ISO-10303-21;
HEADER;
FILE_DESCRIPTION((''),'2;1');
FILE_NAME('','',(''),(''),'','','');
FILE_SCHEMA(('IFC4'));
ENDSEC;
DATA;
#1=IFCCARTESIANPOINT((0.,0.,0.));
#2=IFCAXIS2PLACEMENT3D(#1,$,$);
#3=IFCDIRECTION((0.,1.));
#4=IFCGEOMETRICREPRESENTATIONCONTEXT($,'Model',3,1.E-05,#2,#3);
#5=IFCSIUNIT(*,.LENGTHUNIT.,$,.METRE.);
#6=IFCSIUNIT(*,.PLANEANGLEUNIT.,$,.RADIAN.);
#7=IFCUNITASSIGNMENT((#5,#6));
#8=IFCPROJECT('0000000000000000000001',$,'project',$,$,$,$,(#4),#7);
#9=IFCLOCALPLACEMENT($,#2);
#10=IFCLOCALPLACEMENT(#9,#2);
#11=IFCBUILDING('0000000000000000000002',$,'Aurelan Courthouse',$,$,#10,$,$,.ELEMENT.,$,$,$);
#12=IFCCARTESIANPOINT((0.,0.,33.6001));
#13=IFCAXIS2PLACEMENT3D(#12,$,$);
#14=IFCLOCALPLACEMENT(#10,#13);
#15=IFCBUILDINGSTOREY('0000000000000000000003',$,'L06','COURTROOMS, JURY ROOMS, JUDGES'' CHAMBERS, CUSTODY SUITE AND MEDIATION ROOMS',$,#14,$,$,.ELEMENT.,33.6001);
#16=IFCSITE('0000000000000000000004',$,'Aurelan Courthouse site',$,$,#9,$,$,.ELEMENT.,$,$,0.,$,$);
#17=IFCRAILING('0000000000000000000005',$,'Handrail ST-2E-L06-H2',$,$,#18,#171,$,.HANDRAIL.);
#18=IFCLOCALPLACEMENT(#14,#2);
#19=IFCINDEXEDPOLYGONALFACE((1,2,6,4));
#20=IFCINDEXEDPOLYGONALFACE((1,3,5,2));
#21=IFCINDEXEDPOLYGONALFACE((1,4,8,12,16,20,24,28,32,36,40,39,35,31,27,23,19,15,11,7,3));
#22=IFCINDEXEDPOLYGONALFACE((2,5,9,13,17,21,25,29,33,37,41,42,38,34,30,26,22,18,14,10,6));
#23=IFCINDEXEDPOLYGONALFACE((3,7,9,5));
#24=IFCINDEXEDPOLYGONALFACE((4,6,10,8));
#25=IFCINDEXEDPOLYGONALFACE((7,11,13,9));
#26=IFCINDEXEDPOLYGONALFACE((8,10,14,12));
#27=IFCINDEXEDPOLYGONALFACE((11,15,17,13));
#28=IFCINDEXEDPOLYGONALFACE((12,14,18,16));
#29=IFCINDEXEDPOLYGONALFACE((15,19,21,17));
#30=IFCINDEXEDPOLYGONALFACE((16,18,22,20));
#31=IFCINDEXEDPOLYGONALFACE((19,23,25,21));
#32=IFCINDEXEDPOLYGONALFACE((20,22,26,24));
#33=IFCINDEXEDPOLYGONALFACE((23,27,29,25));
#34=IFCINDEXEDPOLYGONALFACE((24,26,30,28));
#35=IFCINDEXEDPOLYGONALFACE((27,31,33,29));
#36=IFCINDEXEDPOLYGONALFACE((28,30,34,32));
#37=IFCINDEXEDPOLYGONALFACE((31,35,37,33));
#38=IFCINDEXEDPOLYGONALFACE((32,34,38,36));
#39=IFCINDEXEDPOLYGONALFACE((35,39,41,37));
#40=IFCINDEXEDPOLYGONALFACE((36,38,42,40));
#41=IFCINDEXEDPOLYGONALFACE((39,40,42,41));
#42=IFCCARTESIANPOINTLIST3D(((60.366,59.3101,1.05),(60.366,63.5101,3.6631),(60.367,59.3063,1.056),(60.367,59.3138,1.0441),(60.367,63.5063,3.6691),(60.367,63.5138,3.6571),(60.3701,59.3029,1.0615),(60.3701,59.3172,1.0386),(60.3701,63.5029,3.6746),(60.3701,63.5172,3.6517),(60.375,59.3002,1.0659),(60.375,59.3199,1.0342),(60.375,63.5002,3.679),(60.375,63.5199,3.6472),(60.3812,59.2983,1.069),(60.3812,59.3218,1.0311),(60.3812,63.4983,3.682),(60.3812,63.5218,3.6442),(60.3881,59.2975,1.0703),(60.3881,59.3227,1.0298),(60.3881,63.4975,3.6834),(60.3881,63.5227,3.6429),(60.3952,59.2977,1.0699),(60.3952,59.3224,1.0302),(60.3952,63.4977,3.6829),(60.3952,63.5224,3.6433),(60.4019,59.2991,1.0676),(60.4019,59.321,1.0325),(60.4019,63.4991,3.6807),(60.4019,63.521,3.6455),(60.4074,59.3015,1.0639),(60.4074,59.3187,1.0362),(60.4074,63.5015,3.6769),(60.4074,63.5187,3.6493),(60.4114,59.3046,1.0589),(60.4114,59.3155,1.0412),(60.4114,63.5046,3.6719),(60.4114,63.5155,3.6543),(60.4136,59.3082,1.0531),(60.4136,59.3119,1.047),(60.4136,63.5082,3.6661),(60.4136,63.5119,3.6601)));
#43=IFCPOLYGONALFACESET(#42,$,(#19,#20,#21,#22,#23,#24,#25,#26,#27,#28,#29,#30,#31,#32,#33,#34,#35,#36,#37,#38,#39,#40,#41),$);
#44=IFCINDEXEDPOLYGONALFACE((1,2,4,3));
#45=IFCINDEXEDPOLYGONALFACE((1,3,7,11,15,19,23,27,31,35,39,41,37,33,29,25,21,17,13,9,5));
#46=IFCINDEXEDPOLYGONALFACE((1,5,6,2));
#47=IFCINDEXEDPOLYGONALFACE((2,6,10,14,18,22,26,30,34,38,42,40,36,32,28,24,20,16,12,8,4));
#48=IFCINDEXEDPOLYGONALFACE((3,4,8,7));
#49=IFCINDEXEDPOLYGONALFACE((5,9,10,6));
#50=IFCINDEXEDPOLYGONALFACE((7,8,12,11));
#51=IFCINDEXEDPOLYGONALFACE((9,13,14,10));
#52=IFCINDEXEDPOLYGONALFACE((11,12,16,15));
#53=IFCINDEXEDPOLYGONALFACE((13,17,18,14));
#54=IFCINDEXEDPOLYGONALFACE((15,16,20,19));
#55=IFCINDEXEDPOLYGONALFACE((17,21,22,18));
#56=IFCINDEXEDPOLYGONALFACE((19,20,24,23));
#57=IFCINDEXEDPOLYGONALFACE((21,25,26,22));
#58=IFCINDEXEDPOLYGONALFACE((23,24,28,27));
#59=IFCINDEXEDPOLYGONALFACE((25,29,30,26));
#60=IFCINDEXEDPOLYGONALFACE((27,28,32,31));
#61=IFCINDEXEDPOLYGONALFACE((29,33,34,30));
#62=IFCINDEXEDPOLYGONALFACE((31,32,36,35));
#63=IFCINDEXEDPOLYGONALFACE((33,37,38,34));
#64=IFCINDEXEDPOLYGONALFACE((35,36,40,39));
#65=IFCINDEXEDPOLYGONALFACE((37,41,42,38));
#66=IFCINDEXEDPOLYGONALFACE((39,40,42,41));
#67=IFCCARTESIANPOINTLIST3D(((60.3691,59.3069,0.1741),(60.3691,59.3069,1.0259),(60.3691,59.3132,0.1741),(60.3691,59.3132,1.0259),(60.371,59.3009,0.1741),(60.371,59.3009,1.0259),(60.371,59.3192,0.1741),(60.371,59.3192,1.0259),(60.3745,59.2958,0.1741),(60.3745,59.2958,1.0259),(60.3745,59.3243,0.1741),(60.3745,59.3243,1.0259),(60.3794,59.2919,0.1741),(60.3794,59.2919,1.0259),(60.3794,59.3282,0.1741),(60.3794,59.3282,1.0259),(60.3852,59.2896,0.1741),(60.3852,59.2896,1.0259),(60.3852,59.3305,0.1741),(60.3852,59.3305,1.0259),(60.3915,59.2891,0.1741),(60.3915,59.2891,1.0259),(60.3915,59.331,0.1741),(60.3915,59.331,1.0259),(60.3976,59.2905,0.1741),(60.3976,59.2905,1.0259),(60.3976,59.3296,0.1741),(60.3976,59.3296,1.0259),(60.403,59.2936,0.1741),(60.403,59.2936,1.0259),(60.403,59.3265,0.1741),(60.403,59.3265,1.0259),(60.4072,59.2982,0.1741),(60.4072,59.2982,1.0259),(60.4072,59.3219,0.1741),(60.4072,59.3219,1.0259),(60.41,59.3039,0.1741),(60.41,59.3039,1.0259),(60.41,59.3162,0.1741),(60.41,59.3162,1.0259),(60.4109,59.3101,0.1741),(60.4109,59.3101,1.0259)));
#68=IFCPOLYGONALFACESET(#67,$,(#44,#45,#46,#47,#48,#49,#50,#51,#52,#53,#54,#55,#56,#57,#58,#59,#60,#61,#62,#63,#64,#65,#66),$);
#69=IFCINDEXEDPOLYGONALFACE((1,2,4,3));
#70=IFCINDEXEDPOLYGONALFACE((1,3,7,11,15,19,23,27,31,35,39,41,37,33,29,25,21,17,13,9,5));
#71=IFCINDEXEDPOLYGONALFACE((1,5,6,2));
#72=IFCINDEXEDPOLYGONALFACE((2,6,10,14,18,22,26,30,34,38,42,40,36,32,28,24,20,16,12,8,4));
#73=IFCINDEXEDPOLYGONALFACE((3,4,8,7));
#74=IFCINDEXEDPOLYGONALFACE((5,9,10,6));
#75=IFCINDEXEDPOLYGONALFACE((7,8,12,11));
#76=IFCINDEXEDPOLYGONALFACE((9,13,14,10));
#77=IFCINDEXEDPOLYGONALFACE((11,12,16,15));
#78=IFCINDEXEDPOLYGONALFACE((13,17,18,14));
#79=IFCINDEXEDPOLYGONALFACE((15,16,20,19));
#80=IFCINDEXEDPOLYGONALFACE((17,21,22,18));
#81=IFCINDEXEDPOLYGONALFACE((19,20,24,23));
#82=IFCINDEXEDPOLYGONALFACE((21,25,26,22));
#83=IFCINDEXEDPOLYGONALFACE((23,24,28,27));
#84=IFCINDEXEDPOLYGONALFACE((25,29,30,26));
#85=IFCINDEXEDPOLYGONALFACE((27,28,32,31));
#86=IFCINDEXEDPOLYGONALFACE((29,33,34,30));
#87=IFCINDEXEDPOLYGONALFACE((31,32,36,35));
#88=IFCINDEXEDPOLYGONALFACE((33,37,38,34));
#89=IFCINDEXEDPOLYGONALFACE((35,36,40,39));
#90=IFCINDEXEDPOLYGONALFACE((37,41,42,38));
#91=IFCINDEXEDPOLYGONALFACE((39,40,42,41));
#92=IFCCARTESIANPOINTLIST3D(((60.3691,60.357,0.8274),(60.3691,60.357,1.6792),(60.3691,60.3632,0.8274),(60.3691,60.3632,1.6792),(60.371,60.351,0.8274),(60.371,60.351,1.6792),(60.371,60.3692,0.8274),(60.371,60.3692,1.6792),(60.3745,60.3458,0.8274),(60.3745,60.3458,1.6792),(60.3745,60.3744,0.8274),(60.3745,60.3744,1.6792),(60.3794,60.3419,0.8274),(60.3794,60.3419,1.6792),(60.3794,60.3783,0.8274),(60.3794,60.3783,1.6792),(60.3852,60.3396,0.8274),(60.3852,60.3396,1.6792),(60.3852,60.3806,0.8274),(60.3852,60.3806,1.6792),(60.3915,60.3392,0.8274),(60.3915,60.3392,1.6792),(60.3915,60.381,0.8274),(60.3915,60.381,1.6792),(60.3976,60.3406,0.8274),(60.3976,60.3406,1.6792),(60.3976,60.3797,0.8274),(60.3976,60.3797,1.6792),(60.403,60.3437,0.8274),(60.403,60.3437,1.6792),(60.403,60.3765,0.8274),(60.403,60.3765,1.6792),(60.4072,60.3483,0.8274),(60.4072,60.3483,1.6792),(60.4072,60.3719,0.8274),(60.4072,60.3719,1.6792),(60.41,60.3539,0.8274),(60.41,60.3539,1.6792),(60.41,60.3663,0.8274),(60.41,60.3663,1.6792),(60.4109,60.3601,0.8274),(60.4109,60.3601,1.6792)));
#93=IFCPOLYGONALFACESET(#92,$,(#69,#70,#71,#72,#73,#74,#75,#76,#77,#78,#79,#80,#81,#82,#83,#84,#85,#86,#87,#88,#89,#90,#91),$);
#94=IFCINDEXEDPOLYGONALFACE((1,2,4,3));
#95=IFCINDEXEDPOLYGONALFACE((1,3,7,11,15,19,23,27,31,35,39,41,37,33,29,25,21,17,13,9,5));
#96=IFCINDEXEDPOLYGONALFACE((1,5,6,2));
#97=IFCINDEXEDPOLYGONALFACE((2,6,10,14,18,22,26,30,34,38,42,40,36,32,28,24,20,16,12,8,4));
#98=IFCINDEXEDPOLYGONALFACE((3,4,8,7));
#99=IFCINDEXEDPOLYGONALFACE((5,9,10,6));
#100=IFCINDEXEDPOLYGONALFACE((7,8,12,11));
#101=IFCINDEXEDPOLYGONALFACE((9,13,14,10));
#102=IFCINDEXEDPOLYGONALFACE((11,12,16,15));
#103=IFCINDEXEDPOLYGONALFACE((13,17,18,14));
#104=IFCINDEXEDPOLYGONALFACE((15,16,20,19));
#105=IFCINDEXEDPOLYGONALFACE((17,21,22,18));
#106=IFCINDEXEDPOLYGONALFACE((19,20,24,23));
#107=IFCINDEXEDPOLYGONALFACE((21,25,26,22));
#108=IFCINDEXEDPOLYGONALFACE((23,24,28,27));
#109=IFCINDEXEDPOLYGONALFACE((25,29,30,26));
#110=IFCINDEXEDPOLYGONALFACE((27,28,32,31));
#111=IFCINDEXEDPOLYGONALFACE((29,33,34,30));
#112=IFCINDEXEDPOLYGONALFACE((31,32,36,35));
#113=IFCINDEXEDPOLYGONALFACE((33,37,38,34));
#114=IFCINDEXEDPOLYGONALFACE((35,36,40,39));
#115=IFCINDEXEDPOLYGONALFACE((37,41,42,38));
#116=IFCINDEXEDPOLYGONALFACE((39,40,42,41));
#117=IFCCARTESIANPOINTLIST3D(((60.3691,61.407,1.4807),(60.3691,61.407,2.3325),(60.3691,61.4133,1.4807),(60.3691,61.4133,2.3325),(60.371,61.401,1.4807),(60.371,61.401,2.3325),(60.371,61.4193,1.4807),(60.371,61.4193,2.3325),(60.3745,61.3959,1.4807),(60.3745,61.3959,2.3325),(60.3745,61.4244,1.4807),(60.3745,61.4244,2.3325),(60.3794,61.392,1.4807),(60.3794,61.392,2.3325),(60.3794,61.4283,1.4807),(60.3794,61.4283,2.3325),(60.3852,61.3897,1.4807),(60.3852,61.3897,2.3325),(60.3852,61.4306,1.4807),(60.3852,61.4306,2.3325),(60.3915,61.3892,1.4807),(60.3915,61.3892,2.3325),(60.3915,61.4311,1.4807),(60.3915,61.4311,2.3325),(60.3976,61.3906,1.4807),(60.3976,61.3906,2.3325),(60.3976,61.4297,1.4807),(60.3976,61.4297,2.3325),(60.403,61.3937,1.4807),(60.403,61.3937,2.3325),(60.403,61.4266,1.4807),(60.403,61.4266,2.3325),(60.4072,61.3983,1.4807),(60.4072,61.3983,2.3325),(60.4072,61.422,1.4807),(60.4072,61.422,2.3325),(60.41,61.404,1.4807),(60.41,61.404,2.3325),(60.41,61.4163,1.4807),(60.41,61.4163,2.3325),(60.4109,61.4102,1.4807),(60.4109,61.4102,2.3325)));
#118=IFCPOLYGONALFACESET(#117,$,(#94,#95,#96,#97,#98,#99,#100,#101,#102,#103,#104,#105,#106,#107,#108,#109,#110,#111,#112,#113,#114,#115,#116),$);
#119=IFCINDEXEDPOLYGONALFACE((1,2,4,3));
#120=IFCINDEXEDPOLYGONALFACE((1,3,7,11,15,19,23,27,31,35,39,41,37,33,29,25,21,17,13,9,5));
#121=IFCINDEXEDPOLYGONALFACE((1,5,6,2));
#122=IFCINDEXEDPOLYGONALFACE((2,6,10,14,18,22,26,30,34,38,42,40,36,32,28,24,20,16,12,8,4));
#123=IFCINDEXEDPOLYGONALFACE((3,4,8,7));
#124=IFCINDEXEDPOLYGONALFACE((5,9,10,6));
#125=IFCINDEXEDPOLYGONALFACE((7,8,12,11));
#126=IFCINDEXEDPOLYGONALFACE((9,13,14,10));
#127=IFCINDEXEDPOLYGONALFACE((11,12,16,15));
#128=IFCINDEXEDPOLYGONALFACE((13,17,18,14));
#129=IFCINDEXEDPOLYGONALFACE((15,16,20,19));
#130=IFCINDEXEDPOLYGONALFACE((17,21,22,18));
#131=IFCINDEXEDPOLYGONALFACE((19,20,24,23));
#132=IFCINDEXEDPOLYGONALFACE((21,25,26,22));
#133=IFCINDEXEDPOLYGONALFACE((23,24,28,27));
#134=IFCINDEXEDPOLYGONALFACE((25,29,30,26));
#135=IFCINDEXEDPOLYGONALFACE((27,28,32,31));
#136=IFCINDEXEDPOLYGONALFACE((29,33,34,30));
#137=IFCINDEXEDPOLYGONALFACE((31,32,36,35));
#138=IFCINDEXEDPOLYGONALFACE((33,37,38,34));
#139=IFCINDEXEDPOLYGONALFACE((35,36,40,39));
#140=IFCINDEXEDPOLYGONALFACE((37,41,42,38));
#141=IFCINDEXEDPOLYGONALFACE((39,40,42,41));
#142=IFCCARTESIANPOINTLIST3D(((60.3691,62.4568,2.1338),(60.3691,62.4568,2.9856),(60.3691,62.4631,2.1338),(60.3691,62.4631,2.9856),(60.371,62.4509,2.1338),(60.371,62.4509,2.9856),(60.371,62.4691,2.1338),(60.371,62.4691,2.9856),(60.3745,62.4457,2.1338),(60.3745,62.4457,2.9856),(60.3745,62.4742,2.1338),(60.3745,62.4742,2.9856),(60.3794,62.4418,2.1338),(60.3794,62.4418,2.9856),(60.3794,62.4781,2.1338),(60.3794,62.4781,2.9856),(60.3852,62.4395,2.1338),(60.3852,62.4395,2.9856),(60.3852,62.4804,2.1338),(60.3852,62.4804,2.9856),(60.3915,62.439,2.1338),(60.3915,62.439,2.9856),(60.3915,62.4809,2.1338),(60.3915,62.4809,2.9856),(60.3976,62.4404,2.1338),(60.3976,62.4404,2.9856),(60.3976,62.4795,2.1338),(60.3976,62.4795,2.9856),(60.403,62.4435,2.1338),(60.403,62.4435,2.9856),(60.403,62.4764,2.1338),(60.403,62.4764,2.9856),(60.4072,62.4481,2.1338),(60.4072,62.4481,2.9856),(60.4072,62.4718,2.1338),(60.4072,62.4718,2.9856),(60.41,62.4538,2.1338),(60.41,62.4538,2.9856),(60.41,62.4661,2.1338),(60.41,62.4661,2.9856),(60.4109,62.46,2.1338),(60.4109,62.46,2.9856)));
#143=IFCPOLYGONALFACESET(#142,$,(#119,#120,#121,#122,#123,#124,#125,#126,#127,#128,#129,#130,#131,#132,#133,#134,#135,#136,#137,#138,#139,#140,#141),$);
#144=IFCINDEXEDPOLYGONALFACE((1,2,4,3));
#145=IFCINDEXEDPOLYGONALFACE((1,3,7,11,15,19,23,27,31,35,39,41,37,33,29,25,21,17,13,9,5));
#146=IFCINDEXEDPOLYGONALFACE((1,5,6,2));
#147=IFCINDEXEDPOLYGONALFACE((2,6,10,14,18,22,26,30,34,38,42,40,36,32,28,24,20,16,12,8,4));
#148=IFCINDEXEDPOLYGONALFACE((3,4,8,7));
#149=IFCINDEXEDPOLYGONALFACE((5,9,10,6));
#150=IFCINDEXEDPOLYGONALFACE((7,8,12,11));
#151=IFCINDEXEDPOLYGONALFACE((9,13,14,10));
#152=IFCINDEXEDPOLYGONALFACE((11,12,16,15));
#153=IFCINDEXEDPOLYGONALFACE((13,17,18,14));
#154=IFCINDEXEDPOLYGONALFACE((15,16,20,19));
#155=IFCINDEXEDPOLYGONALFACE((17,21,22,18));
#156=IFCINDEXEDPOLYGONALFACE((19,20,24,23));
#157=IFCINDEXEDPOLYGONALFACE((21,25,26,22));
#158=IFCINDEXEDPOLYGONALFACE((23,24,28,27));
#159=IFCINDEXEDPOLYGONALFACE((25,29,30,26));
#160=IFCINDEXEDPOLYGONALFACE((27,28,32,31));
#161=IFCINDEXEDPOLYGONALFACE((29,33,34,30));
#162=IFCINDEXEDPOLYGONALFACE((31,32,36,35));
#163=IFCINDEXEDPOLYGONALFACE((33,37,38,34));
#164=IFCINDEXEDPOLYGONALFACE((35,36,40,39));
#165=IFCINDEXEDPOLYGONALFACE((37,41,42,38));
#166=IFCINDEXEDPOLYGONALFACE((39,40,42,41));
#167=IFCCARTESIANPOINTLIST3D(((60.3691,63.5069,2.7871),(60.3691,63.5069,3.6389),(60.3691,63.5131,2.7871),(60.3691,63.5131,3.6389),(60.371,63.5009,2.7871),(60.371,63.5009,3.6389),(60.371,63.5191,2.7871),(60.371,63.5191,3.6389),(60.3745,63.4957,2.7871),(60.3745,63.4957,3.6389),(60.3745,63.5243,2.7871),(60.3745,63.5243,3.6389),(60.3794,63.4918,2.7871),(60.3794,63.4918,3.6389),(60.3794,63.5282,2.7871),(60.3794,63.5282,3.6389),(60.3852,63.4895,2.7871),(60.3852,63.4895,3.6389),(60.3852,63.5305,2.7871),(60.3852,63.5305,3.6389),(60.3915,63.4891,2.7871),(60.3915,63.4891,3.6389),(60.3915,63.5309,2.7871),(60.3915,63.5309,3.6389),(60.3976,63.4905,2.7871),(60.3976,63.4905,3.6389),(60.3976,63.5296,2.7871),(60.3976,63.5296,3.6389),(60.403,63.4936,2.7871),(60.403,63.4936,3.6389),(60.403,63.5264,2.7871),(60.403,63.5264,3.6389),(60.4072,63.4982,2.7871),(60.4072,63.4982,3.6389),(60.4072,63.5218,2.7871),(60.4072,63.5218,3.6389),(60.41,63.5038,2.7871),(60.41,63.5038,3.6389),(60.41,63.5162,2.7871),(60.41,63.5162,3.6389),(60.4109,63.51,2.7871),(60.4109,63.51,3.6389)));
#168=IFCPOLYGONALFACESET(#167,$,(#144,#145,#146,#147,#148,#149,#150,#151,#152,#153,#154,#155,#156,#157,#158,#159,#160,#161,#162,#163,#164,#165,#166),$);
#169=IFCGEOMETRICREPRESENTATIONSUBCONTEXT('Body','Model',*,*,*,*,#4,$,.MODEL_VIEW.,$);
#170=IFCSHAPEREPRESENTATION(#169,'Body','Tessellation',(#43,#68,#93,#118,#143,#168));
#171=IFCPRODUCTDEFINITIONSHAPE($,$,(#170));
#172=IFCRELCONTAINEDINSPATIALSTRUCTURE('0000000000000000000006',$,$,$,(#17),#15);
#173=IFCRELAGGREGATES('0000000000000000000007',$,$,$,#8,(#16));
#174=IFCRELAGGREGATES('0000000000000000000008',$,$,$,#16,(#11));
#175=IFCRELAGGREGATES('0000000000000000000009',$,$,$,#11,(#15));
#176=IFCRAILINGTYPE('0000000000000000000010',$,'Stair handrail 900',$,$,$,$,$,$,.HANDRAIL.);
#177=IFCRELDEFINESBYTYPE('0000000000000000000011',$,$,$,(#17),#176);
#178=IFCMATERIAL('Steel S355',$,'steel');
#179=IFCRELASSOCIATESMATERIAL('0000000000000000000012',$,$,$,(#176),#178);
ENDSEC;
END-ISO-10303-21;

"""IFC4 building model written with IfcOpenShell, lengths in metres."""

from ifc_helpers import new_model, si_unit, direction, frame, origin, origin_2d, place, context, subcontext, project, spatial, circle, extrude, material, type_object, element, save


model = new_model("IFC4")

# Units and contexts
model_context = context("Model", 3, precision=1e-05, world=origin(), true_north=direction((0.0, 1.0)))
body_context = subcontext(model_context, "Body", "Model", "MODEL_VIEW")
ifc_project = project(units=[si_unit("LENGTHUNIT", "METRE"), si_unit("PLANEANGLEUNIT", "RADIAN")], contexts=[model_context])

# Site, building, storey
site_placement = place(None, origin())
site = spatial("IfcSite", under=ifc_project, at=site_placement, Name="Aurelan Courthouse site", CompositionType="ELEMENT", RefElevation=0.0)
building_placement = place(site_placement, origin())
building = spatial("IfcBuilding", under=site, at=building_placement, Name="Aurelan Courthouse", CompositionType="ELEMENT")
storey_placement = place(building_placement, frame((0.0, 0.0, 33.6001)))
storey = spatial("IfcBuildingStorey", under=building, at=storey_placement, Name="L06", Description="COURTROOMS, JURY ROOMS, JUDGES' CHAMBERS, CUSTODY SUITE AND MEDIATION ROOMS", CompositionType="ELEMENT", Elevation=33.6001)

# Railing
ifc_material_1 = material(Name="Steel S355", Category="steel")
railing_type = type_object("IfcRailingType", Name="Stair handrail 900", PredefinedType="HANDRAIL", material=ifc_material_1)
for number, where, name in (
    (1, (60.3899, 59.3101, 0.1741), "Handrail ST-2E-L06-H2"),
):
    element("IfcRailing", number, at=place(storey_placement, frame(where)), inside=storey, type_object=railing_type, Name=name, PredefinedType="HANDRAIL", context=body_context, shape_type="SweptSolid", body=[
        extrude(circle(Radius=0.0239, at=origin_2d()), frame((0.0, 0.0, 0.876), z_axis=(0.0, 0.849081, 0.528263), x_axis=(-1.0, 0.0, 0.0)), (0.0, 0.0, 1.0), 4.9465),
        extrude(circle(Radius=0.021, at=origin_2d()), origin(), (0.0, 0.0, 1.0), 0.8518),
        extrude(circle(Radius=0.021, at=origin_2d()), frame((0.0, 1.05, 0.6533)), (0.0, 0.0, 1.0), 0.8518),
        extrude(circle(Radius=0.021, at=origin_2d()), frame((0.0, 2.1001, 1.3066)), (0.0, 0.0, 1.0), 0.8518),
        extrude(circle(Radius=0.021, at=origin_2d()), frame((0.0, 3.1499, 1.9597)), (0.0, 0.0, 1.0), 0.8518),
        extrude(circle(Radius=0.021, at=origin_2d()), frame((0.0, 4.2, 2.613)), (0.0, 0.0, 1.0), 0.8518),
    ])

save(model, "model.ifc")
